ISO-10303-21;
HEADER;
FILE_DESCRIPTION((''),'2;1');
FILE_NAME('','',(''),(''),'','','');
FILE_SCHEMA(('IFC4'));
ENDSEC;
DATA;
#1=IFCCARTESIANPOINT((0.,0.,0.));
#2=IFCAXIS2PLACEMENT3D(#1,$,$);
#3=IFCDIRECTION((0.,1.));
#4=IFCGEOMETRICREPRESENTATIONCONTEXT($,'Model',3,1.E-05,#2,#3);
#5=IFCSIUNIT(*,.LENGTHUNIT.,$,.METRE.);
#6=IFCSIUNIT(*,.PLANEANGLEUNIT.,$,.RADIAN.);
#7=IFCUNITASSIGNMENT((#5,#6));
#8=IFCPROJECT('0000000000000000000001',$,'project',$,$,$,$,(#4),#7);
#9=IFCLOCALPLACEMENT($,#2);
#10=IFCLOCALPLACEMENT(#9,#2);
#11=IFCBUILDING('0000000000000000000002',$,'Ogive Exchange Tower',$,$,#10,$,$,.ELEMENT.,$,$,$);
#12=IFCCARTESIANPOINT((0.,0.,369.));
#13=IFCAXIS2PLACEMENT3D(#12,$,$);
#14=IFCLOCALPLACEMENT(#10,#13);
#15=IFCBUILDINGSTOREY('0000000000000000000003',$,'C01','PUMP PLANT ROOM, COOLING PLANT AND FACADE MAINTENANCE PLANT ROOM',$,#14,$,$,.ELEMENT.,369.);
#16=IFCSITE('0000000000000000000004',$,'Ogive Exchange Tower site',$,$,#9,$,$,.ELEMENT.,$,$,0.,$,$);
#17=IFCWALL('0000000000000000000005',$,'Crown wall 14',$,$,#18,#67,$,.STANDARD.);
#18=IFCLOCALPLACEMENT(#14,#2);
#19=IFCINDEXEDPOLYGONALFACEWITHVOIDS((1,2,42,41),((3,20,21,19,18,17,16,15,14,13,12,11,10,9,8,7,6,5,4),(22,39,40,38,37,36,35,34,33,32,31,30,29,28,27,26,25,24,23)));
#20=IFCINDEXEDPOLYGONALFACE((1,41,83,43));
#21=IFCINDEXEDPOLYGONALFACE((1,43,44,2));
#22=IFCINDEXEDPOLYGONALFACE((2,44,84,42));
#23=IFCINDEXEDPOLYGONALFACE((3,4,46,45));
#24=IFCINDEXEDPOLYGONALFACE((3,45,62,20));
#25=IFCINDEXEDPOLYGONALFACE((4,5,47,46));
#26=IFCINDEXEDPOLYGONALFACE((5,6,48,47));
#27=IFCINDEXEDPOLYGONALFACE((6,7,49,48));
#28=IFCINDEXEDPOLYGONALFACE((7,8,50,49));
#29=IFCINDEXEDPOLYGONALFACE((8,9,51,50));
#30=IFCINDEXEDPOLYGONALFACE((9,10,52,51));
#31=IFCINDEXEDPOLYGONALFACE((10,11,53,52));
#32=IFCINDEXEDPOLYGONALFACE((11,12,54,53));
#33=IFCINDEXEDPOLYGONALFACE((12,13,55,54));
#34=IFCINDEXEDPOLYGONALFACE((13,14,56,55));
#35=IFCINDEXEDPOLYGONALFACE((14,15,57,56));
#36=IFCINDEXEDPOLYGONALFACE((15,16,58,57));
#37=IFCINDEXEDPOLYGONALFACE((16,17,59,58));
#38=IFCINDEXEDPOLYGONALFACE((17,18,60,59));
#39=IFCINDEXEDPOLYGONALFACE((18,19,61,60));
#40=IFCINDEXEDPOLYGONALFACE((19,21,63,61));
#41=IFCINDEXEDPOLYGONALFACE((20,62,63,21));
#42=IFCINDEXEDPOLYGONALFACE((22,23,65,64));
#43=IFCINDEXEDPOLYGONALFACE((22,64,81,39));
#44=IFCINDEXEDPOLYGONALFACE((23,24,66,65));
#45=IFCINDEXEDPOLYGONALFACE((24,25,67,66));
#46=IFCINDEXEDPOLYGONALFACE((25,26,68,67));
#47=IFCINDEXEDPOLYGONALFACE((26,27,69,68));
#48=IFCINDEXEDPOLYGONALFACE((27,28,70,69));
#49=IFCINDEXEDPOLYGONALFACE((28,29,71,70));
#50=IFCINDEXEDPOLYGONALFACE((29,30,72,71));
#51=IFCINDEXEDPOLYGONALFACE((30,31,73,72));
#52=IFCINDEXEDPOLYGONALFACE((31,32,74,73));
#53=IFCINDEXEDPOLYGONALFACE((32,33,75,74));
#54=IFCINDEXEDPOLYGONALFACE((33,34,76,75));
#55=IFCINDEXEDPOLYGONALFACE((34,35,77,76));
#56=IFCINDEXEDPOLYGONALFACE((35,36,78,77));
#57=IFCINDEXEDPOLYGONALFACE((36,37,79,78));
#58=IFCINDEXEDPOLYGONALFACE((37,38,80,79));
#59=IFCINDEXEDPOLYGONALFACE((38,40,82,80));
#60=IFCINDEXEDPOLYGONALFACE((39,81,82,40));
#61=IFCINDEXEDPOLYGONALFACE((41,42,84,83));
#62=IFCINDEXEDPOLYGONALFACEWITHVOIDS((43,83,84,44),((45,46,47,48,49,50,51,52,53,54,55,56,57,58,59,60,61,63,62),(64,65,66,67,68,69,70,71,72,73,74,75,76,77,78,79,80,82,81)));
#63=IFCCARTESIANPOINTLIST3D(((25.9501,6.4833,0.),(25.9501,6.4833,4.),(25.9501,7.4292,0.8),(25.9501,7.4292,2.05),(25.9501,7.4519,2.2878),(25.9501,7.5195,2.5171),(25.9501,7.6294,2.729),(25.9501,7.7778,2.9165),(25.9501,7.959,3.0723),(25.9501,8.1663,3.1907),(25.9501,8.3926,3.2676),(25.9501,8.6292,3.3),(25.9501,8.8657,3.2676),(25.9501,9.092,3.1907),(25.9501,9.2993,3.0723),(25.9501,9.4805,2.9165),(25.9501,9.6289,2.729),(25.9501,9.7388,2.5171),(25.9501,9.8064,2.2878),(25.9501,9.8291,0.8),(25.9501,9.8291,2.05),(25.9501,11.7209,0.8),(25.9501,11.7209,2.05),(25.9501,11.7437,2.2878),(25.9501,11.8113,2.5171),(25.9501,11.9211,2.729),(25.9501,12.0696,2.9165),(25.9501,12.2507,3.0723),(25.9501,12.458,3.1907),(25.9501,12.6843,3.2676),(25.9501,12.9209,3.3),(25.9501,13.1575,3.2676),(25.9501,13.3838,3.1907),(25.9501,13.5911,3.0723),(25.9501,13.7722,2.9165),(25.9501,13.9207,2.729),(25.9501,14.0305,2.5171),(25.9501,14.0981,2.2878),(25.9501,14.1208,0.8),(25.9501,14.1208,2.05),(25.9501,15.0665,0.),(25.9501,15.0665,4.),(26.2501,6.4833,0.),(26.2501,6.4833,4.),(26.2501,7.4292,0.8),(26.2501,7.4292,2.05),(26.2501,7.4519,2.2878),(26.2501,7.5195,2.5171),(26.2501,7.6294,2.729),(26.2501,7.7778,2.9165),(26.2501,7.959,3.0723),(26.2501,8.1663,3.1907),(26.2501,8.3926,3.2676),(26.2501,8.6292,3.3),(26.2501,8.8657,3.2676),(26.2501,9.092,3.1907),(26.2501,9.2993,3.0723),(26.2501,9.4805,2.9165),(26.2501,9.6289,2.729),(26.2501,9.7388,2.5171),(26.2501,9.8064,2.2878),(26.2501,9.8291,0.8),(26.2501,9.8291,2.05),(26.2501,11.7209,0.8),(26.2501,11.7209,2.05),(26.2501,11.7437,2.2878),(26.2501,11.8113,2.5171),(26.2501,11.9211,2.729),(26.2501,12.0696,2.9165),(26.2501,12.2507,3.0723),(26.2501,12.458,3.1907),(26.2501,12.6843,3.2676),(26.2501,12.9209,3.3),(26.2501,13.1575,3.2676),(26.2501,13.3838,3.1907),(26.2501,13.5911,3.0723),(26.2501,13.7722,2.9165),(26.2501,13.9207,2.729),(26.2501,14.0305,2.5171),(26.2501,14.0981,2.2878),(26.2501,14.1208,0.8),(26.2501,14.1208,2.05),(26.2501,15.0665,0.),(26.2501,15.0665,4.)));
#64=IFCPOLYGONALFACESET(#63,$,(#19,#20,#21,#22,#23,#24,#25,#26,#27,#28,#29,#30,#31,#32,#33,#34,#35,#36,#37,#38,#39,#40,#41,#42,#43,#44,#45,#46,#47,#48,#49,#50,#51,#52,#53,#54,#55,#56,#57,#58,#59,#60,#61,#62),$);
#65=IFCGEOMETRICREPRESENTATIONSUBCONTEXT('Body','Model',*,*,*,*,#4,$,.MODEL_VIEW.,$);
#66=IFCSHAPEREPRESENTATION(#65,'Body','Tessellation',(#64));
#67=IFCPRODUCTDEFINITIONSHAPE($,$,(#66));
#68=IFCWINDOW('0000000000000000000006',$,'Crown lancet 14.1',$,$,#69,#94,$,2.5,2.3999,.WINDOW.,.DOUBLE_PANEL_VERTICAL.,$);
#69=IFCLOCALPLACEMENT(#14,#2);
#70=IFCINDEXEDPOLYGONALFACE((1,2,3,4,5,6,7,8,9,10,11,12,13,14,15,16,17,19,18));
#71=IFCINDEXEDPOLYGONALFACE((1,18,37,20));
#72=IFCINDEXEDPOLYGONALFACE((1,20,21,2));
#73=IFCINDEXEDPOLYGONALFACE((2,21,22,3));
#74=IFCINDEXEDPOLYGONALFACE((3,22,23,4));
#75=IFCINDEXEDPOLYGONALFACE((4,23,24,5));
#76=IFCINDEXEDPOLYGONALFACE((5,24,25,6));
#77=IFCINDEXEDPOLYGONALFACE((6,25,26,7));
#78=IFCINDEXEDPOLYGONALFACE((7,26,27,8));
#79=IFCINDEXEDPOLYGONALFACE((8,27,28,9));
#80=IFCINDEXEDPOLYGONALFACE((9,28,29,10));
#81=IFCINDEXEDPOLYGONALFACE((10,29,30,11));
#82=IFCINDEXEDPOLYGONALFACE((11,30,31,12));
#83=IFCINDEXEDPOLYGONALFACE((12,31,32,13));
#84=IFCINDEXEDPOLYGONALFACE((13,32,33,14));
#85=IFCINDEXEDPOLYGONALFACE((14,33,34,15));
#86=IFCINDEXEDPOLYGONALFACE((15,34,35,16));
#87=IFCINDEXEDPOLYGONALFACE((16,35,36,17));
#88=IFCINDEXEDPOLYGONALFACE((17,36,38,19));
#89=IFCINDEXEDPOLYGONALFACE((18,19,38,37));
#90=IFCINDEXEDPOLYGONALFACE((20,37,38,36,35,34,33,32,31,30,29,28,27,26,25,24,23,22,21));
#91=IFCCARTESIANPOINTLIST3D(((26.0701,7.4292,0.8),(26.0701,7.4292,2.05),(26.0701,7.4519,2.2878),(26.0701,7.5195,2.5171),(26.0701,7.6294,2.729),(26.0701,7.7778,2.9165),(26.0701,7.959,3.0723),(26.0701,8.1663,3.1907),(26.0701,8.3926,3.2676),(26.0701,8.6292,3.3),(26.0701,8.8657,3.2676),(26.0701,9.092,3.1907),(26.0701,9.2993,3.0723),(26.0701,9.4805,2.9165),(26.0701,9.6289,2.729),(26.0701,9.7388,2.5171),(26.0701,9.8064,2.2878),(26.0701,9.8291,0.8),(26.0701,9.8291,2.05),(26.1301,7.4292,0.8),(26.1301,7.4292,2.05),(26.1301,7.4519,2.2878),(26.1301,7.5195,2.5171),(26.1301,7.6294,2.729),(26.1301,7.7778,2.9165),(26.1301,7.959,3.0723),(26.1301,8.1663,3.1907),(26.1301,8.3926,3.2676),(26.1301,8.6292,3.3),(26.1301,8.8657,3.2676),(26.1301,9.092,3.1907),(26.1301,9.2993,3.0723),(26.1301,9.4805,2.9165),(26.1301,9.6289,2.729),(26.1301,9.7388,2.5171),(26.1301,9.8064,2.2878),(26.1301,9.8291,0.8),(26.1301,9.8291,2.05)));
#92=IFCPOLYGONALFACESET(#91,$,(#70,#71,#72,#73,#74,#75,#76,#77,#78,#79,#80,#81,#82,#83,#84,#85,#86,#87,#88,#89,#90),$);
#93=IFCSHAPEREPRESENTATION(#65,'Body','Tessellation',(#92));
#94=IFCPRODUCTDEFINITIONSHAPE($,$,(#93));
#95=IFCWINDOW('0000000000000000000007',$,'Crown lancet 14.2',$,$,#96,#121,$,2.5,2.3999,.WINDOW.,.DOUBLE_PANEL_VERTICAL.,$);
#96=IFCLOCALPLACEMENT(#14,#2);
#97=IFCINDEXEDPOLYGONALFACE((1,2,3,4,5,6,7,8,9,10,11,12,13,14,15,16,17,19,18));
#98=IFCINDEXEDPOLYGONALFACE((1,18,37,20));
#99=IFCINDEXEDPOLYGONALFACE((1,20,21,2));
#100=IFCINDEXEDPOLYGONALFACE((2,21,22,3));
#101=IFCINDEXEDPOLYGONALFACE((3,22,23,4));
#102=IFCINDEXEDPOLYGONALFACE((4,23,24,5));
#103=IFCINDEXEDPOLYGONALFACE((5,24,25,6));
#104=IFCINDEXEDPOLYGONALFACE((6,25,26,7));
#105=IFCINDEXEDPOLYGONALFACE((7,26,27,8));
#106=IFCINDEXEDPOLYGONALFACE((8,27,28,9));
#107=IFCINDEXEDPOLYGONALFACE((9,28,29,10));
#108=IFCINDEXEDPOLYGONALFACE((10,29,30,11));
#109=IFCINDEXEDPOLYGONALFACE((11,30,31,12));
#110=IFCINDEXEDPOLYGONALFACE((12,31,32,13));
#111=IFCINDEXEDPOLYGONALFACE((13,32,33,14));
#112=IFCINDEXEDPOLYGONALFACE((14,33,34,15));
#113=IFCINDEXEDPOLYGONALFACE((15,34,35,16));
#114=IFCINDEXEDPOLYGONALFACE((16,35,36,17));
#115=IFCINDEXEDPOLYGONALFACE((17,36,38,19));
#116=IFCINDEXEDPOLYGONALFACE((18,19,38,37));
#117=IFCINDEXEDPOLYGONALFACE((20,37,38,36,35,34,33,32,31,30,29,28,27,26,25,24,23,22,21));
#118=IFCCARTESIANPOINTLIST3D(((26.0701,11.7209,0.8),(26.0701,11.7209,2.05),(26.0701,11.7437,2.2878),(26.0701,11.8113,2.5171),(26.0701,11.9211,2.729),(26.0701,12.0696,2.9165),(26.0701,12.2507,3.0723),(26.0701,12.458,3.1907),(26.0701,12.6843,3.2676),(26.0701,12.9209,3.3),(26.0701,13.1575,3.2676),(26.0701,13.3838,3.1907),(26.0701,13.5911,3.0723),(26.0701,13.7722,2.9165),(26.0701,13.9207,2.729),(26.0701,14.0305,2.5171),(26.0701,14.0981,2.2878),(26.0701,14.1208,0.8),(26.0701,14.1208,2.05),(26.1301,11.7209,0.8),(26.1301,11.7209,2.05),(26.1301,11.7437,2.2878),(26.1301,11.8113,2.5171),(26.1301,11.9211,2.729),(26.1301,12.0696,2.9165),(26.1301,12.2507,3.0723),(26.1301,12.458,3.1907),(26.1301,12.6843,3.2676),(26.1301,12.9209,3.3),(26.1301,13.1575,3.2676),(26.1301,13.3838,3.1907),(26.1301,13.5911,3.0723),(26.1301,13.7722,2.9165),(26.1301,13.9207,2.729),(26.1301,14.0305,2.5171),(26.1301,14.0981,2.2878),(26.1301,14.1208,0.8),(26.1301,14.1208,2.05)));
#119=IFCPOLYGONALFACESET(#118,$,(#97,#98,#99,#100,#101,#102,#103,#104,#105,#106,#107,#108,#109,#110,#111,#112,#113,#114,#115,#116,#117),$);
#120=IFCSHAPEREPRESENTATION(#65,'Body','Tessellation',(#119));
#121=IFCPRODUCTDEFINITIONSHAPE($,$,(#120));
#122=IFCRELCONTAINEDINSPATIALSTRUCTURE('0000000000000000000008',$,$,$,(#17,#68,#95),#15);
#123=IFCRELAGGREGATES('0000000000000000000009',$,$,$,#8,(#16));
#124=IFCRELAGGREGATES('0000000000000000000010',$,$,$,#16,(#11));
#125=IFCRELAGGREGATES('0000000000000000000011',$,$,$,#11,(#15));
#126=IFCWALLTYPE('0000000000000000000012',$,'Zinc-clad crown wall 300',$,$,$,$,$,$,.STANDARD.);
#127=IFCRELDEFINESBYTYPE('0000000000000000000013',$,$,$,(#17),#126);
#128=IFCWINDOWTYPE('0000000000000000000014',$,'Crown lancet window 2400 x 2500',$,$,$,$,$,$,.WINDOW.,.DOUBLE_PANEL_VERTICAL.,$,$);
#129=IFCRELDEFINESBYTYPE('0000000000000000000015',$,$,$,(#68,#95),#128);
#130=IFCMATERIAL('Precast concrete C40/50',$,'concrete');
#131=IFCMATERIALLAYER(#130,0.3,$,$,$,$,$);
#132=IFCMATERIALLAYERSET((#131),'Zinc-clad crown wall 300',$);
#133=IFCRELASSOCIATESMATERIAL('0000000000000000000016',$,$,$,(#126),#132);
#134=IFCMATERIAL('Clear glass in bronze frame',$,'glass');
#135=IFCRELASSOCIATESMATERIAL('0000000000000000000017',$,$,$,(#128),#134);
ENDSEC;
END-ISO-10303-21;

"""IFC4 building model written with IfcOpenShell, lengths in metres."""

from ifc_helpers import new_model, si_unit, direction, frame, frame_2d, origin, place, context, subcontext, project, spatial, polyline, rectangle, outline, extrude, material, layer, layer_set, type_object, element, fill, save


model = new_model("IFC4")

# Units and contexts
model_context = context("Model", 3, precision=1e-05, world=origin(), true_north=direction((0.0, 1.0)))
body_context = subcontext(model_context, "Body", "Model", "MODEL_VIEW")
ifc_project = project(units=[si_unit("LENGTHUNIT", "METRE"), si_unit("PLANEANGLEUNIT", "RADIAN")], contexts=[model_context])

# Site, building, storey
site_placement = place(None, origin())
site = spatial("IfcSite", under=ifc_project, at=site_placement, Name="Ogive Exchange Tower site", CompositionType="ELEMENT", RefElevation=0.0)
building_placement = place(site_placement, origin())
building = spatial("IfcBuilding", under=site, at=building_placement, Name="Ogive Exchange Tower", CompositionType="ELEMENT")
storey_placement = place(building_placement, frame((0.0, 0.0, 369.0)))
storey = spatial("IfcBuildingStorey", under=building, at=storey_placement, Name="C01", Description="PUMP PLANT ROOM, COOLING PLANT AND FACADE MAINTENANCE PLANT ROOM", CompositionType="ELEMENT", Elevation=369.0)

# Wall, openings, windows
ifc_material_1 = material(Name="Precast concrete C40/50", Category="concrete")
ifc_layer_1 = layer(ifc_material_1, 0.3)
ifc_layer_set_1 = layer_set([ifc_layer_1], Name="Zinc-clad crown wall 300")
wall_type_1 = type_object("IfcWallType", Name="Zinc-clad crown wall 300", PredefinedType="STANDARD", material=ifc_layer_set_1)
wall_1_placement = place(storey_placement, frame((26.1001, 6.4834, 0.0), z_axis=(0.0, 0.0, 1.0), x_axis=(0.0, 1.0, 0.0)))
wall_1 = element("IfcWall", 1, at=wall_1_placement, inside=storey, type_object=wall_type_1, Name="Crown wall 14", PredefinedType="STANDARD", context=body_context, shape_type="SweptSolid", body=[
    extrude(rectangle(XDim=8.5833, YDim=0.3, at=frame_2d((4.2915, 0.0))), origin(), (0.0, 0.0, 1.0), 4.0),
])
opening_1_placement = place(wall_1_placement, frame((0.9458, 0.0, 0.8)))
opening_1 = element("IfcOpeningElement", 2, at=opening_1_placement, cuts=wall_1, PredefinedType="OPENING", context=body_context, shape_type="SweptSolid", body=[
    extrude(outline(polyline([(0.0, 0.0), (2.3999, 0.0), (2.3999, 1.25), (2.3772, 1.4878), (2.3096, 1.717), (2.1997, 1.929), (2.0513, 2.1165), (1.8701, 2.2722), (1.6628, 2.3906), (1.4365, 2.4675), (1.2, 2.5), (0.9634, 2.4675), (0.7371, 2.3906), (0.5298, 2.2722), (0.3486, 2.1165), (0.2002, 1.929), (0.0903, 1.717), (0.0227, 1.4878), (0.0, 1.25), (0.0, 0.0)])), frame((0.0, 0.1599, 0.0), z_axis=(0.0, -1.0, 0.0), x_axis=(1.0, 0.0, 0.0)), (0.0, 0.0, 1.0), 0.3201),
])
opening_2_placement = place(wall_1_placement, frame((5.2375, 0.0, 0.8)))
opening_2 = element("IfcOpeningElement", 3, at=opening_2_placement, cuts=wall_1, PredefinedType="OPENING", context=body_context, shape_type="SweptSolid", body=[
    extrude(outline(polyline([(0.0, 0.0), (2.3999, 0.0), (2.3999, 1.25), (2.3772, 1.4878), (2.3096, 1.717), (2.1997, 1.929), (2.0513, 2.1165), (1.8701, 2.2722), (1.6628, 2.3906), (1.4365, 2.4675), (1.2, 2.5), (0.9634, 2.4675), (0.7371, 2.3906), (0.5298, 2.2722), (0.3486, 2.1165), (0.2002, 1.929), (0.0903, 1.717), (0.0227, 1.4878), (0.0, 1.25), (0.0, 0.0)])), frame((0.0, 0.1599, 0.0), z_axis=(0.0, -1.0, 0.0), x_axis=(1.0, 0.0, 0.0)), (0.0, 0.0, 1.0), 0.3201),
])
ifc_material_2 = material(Name="Clear glass in bronze frame", Category="glass")
window_type = type_object("IfcWindowType", Name="Crown lancet window 2400 x 2500", PartitioningType="DOUBLE_PANEL_VERTICAL", PredefinedType="WINDOW", material=ifc_material_2)
window_1_placement = place(opening_1_placement, origin())
window_1 = element("IfcWindow", 4, at=window_1_placement, inside=storey, type_object=window_type, Name="Crown lancet 14.1", OverallHeight=2.5, OverallWidth=2.3999, PartitioningType="DOUBLE_PANEL_VERTICAL", PredefinedType="WINDOW", context=body_context, shape_type="SweptSolid", body=[
    extrude(outline(polyline([(0.0, 0.0), (2.3999, 0.0), (2.3999, 1.25), (2.3772, 1.4878), (2.3096, 1.717), (2.1997, 1.929), (2.0513, 2.1165), (1.8701, 2.2722), (1.6628, 2.3906), (1.4365, 2.4675), (1.2, 2.5), (0.9634, 2.4675), (0.7371, 2.3906), (0.5298, 2.2722), (0.3486, 2.1165), (0.2002, 1.929), (0.0903, 1.717), (0.0227, 1.4878), (0.0, 1.25), (0.0, 0.0)])), frame((0.0, 0.03, 0.0), z_axis=(0.0, -1.0, 0.0), x_axis=(1.0, 0.0, 0.0)), (0.0, 0.0, 1.0), 0.0601),
])
fill(opening_1, window_1)
window_2_placement = place(opening_2_placement, origin())
window_2 = element("IfcWindow", 5, at=window_2_placement, inside=storey, type_object=window_type, Name="Crown lancet 14.2", OverallHeight=2.5, OverallWidth=2.3999, PartitioningType="DOUBLE_PANEL_VERTICAL", PredefinedType="WINDOW", context=body_context, shape_type="SweptSolid", body=[
    extrude(outline(polyline([(0.0, 0.0), (2.3999, 0.0), (2.3999, 1.25), (2.3772, 1.4878), (2.3096, 1.717), (2.1997, 1.929), (2.0513, 2.1165), (1.8701, 2.2722), (1.6628, 2.3906), (1.4365, 2.4675), (1.2, 2.5), (0.9634, 2.4675), (0.7371, 2.3906), (0.5298, 2.2722), (0.3486, 2.1165), (0.2002, 1.929), (0.0903, 1.717), (0.0227, 1.4878), (0.0, 1.25), (0.0, 0.0)])), frame((0.0, 0.03, 0.0), z_axis=(0.0, -1.0, 0.0), x_axis=(1.0, 0.0, 0.0)), (0.0, 0.0, 1.0), 0.0601),
])
fill(opening_2, window_2)

save(model, "model.ifc")
